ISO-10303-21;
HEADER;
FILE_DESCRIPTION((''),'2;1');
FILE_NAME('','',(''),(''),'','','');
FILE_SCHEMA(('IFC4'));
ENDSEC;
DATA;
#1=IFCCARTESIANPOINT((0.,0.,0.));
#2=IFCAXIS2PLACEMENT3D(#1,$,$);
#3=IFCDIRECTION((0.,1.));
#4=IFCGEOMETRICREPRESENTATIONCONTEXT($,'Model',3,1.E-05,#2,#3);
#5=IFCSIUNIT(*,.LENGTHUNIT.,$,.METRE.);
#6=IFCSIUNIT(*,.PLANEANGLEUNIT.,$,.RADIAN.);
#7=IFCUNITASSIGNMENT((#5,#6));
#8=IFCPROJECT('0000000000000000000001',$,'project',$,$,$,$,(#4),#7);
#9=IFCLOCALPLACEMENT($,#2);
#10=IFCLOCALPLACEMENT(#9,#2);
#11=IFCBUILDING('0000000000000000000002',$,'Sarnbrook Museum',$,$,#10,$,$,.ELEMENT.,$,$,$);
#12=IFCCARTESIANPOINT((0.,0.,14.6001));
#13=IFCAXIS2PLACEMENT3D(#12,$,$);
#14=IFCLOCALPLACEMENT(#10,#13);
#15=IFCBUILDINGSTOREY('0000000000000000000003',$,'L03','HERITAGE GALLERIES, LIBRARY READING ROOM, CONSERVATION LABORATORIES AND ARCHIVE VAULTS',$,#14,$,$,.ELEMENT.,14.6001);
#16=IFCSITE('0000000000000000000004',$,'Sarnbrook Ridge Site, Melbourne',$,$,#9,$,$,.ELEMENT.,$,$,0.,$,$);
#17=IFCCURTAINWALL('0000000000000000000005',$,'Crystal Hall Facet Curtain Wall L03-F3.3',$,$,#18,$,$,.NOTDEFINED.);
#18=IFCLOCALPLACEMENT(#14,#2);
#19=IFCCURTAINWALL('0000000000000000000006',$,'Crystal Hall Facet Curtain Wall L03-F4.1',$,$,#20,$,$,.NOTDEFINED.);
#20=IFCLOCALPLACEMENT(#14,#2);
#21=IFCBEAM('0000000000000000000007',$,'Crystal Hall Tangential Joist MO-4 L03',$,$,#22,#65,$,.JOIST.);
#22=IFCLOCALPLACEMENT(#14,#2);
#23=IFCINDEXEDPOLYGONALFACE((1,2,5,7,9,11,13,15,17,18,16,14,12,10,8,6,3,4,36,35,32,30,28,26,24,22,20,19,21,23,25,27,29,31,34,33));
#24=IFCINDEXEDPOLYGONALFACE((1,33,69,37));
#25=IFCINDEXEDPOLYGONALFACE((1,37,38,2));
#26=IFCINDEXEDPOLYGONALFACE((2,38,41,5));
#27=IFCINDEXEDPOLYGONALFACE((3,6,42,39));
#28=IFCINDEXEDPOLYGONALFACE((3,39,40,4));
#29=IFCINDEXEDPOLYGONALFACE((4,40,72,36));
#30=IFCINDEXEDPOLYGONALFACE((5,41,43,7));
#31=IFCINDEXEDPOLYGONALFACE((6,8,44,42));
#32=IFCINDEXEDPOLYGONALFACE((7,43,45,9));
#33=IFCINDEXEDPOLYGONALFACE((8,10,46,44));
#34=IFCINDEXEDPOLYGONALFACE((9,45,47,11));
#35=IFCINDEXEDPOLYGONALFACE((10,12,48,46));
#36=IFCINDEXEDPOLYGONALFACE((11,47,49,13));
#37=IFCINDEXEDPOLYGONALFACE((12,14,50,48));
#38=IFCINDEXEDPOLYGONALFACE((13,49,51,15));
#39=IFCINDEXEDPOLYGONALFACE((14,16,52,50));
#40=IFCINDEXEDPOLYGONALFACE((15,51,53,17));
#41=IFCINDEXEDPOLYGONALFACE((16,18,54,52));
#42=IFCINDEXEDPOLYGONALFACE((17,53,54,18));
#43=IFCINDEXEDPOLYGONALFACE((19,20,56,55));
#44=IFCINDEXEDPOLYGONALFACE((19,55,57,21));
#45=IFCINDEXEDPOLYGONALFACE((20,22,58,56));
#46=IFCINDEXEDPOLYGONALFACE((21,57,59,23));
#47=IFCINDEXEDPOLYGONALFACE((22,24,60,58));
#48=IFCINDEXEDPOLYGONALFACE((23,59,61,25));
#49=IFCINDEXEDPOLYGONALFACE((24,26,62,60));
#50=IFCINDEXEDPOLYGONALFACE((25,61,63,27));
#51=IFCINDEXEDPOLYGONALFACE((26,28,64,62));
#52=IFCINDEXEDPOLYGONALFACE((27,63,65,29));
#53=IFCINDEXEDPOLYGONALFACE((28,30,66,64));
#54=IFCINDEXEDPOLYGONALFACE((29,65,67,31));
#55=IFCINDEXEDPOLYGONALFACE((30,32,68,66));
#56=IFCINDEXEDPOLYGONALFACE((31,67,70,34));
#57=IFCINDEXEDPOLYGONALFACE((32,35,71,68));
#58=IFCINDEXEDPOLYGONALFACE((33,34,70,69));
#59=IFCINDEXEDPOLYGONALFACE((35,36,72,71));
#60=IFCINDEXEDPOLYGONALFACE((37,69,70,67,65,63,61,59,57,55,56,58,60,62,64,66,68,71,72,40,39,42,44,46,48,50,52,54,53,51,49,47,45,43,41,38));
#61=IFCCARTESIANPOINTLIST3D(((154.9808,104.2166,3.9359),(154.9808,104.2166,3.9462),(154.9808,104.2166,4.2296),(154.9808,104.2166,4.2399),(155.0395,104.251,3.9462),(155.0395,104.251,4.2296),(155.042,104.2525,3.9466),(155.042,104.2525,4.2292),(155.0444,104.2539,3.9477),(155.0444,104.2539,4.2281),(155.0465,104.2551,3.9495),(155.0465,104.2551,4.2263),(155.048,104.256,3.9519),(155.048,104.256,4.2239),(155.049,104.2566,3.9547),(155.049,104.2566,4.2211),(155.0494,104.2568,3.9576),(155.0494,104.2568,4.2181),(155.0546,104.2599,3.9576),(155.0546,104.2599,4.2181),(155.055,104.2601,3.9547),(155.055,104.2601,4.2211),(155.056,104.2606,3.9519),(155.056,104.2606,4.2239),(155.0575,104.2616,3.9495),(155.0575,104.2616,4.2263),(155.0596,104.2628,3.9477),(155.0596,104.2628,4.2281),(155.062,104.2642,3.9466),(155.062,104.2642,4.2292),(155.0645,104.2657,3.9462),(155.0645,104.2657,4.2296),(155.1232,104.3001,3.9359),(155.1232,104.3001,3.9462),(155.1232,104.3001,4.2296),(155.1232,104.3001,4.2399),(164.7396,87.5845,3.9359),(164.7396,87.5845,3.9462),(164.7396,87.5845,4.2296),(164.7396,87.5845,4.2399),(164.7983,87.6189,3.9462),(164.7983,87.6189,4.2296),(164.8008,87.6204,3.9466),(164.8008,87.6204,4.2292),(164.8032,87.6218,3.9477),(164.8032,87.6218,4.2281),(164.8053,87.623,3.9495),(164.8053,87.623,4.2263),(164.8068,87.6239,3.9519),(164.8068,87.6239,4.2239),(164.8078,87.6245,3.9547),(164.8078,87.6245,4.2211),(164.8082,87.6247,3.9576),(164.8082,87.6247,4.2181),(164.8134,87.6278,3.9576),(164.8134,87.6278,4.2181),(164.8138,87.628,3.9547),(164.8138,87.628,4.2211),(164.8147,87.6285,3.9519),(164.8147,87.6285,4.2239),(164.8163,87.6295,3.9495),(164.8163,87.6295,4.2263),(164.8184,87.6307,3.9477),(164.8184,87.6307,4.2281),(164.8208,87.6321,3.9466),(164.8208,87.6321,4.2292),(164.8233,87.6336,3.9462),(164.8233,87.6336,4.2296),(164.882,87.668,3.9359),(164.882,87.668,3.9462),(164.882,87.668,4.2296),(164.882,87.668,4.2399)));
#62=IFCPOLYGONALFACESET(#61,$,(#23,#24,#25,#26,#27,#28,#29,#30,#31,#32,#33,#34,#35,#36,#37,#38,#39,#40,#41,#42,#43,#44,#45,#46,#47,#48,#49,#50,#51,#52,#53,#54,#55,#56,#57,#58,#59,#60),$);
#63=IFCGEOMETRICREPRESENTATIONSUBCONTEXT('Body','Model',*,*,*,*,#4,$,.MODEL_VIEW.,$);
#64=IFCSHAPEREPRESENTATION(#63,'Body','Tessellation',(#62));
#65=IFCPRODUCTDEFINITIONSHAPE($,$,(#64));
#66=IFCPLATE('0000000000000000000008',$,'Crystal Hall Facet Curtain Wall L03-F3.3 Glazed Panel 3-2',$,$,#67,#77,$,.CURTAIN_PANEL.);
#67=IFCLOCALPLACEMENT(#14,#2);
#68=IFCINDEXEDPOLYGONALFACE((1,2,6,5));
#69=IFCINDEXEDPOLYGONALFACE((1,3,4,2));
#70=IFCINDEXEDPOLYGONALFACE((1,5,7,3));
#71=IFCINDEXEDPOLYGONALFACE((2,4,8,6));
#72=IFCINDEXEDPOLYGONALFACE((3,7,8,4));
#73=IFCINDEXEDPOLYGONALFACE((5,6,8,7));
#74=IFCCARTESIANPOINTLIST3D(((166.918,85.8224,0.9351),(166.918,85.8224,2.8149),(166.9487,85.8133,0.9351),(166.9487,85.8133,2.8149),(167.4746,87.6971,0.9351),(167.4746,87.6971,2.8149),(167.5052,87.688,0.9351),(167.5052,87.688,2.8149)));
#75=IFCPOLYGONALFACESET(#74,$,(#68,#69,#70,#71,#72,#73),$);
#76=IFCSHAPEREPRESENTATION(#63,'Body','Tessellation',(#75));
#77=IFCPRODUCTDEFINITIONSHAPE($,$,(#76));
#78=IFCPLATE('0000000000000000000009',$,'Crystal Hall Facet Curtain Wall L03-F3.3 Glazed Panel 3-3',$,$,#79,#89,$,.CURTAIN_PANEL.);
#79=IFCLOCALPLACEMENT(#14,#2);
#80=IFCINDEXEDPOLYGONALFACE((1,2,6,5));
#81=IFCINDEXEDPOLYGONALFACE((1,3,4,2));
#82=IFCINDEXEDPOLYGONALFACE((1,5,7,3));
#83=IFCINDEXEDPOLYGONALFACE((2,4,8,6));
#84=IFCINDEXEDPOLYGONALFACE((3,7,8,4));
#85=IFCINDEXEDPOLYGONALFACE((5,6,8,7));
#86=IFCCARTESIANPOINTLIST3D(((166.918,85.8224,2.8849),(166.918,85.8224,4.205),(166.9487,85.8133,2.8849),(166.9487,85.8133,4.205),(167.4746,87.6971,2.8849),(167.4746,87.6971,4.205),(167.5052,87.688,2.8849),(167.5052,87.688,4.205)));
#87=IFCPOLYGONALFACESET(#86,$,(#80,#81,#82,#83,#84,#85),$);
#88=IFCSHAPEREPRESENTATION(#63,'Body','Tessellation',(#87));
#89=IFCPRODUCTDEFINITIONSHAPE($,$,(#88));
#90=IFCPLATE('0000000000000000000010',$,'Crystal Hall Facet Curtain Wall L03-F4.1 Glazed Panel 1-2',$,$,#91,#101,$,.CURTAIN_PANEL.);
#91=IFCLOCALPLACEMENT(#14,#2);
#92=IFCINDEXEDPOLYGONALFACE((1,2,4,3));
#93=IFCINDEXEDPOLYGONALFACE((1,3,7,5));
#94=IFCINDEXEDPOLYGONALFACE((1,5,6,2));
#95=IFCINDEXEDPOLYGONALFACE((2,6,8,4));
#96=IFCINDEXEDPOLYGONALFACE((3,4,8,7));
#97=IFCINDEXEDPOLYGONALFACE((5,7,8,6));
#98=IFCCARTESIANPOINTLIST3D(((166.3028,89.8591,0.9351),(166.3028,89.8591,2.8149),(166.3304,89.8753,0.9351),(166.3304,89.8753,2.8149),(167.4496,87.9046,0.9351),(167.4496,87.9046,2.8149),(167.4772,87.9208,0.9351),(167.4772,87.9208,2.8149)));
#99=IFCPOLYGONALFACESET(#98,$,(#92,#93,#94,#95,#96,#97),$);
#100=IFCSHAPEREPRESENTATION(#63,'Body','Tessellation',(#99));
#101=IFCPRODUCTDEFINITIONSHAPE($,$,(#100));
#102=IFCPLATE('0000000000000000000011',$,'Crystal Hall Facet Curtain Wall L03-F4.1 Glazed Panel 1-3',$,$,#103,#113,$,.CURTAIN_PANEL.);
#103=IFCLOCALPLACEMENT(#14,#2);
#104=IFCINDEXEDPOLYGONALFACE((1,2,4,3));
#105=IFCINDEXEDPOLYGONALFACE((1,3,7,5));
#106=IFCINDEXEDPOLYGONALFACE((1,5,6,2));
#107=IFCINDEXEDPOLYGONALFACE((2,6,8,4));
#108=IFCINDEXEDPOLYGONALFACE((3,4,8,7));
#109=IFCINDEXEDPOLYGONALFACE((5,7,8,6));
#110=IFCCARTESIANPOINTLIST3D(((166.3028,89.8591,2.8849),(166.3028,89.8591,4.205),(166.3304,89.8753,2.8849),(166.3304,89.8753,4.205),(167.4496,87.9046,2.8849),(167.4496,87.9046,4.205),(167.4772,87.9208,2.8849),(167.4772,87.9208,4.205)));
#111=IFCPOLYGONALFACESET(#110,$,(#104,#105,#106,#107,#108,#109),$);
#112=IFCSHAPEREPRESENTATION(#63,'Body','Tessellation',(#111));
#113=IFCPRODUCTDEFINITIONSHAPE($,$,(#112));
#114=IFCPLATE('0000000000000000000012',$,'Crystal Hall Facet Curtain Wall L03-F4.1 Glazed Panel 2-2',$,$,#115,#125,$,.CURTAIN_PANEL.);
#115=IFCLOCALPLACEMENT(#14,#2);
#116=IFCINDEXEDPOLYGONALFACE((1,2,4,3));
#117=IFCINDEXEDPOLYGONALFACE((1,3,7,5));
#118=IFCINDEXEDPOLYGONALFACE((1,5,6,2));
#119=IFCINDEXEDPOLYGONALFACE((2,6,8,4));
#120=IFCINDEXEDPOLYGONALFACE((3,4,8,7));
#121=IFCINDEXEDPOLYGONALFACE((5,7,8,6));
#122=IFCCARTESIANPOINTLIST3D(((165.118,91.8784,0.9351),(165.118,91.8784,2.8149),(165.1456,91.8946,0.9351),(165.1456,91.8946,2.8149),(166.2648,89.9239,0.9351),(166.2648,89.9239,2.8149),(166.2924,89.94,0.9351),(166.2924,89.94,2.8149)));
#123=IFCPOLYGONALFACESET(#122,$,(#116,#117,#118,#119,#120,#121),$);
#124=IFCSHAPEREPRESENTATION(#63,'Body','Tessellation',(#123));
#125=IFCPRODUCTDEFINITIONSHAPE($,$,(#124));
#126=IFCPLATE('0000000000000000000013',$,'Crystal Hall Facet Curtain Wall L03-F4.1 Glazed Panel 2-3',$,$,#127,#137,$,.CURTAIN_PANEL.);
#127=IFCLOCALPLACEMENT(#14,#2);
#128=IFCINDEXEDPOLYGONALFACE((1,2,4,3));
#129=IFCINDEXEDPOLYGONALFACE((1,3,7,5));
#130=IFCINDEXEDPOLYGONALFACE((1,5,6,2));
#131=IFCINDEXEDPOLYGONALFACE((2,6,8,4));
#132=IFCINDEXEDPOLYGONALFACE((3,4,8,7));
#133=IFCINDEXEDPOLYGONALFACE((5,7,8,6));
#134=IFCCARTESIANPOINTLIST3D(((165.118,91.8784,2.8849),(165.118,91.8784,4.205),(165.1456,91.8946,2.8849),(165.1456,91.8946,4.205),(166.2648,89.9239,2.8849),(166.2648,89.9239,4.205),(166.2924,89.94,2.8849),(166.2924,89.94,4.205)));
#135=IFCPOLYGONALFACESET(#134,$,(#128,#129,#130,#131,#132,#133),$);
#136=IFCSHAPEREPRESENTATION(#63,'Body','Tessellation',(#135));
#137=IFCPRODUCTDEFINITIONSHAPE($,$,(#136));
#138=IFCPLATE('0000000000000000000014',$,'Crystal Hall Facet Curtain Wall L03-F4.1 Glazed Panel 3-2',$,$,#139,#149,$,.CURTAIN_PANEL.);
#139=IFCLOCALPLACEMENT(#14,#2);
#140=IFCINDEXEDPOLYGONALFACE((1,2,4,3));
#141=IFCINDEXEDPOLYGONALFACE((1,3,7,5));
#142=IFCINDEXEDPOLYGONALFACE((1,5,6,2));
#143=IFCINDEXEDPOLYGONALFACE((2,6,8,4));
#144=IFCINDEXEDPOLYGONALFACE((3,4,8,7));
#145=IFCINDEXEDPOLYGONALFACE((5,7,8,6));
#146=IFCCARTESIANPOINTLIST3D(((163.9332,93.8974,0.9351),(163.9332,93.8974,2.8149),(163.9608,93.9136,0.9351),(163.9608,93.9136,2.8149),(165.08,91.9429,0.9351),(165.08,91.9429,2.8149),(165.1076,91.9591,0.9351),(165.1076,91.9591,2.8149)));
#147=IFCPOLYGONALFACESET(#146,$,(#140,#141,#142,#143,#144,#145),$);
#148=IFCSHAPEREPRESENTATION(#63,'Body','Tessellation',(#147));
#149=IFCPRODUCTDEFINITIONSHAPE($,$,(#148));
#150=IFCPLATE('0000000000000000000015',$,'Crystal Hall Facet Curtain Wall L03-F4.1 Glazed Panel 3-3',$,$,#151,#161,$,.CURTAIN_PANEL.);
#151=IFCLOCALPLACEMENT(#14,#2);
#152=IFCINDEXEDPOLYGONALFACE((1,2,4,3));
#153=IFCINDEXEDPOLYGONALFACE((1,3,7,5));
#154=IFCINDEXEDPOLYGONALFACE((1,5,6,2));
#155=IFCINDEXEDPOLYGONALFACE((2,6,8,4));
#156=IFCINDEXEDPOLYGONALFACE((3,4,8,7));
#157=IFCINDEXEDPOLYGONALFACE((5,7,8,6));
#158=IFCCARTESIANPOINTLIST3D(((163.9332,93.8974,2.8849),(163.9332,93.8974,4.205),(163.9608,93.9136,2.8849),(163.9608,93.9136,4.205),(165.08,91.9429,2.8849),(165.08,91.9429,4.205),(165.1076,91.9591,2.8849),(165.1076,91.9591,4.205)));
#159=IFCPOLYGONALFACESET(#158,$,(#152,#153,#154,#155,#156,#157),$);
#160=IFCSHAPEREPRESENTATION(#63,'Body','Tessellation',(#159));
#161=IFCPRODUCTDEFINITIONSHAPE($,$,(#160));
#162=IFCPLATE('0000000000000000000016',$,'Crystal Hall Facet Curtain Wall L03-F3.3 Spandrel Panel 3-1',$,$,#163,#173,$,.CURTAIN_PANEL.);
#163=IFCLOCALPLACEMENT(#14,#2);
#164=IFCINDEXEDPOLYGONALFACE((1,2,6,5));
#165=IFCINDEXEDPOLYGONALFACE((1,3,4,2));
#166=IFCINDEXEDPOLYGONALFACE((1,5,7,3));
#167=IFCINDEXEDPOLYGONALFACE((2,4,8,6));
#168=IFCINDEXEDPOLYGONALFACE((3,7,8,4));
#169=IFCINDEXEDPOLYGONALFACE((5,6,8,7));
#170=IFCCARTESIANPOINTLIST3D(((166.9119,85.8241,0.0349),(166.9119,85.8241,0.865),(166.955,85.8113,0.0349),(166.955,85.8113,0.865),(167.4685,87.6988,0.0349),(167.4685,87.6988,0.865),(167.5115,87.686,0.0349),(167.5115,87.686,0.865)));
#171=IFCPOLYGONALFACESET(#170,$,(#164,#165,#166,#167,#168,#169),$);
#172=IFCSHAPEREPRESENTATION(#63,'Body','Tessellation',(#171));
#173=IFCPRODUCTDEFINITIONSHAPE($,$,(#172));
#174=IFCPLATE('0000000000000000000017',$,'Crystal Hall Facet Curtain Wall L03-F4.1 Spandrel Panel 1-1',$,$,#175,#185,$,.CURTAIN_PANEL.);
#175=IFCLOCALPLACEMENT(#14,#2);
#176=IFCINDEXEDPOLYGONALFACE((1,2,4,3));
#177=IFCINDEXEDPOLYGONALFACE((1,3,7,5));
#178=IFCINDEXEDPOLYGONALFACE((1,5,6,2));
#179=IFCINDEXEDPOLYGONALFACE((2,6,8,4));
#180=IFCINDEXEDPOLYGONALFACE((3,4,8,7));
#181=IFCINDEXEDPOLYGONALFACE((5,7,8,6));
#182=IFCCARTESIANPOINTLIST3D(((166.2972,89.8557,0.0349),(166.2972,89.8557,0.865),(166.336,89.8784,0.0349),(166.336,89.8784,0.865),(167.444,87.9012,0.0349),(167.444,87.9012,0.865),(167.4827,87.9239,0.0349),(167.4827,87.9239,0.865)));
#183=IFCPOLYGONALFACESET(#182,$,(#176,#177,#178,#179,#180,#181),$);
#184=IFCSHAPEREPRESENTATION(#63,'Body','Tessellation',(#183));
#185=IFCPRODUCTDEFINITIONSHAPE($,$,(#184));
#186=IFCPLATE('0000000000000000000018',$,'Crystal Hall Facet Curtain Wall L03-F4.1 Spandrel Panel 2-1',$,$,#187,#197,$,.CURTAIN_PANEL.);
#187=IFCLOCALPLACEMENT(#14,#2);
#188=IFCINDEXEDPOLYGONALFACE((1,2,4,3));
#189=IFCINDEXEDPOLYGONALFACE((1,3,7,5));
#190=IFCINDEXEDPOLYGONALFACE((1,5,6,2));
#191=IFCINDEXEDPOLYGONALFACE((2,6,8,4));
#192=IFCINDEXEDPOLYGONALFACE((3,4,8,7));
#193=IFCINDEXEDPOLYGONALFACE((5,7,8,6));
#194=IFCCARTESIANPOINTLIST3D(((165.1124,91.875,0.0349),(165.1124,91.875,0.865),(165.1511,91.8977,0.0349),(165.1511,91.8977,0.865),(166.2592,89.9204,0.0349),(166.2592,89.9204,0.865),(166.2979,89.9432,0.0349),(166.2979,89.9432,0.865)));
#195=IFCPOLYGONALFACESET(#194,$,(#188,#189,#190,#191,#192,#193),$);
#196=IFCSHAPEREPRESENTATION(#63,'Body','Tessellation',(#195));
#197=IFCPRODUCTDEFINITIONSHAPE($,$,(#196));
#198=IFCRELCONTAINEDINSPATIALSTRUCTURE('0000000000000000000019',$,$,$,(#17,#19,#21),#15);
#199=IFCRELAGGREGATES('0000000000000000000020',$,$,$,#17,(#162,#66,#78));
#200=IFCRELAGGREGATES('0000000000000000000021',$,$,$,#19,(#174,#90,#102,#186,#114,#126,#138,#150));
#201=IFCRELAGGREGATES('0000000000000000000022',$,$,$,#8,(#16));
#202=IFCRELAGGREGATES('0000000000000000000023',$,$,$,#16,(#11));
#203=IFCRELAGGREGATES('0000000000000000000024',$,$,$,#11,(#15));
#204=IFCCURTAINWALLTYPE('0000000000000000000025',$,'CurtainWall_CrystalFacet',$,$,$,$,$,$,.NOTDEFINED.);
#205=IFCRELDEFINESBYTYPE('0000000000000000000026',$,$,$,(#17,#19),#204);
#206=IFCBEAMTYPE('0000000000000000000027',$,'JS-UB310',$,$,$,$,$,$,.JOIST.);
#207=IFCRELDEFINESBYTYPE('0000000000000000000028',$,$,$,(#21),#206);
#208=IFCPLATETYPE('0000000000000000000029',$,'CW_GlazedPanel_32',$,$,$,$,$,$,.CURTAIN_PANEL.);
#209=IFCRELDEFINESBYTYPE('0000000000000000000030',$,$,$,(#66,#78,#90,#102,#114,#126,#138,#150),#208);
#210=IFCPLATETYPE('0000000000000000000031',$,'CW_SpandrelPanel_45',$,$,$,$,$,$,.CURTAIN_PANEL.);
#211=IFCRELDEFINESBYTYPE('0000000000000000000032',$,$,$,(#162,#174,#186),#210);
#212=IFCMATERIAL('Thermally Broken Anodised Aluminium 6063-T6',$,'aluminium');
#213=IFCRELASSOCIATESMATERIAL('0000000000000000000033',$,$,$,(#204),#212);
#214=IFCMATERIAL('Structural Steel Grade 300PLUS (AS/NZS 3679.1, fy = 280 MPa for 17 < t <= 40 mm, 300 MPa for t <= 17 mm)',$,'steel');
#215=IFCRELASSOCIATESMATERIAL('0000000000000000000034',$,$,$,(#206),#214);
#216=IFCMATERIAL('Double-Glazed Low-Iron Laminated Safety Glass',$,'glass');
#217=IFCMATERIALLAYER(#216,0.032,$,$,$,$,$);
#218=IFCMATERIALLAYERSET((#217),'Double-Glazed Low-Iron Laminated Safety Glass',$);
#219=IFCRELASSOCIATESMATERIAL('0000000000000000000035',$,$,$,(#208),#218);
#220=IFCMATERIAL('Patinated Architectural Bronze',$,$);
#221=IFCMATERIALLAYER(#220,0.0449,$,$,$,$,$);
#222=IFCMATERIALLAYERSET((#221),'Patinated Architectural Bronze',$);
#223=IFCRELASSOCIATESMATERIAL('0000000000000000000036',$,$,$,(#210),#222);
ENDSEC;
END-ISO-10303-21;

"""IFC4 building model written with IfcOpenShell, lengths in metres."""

from ifc_helpers import new_model, si_unit, direction, frame, origin, origin_2d, place, context, subcontext, project, spatial, rectangle, i_section, extrude, material, layer, layer_set, material_profile, profile_set, type_object, element, aggregate, save


model = new_model("IFC4")

# Units and contexts
model_context = context("Model", 3, precision=1e-05, world=origin(), true_north=direction((0.0, 1.0)))
body_context = subcontext(model_context, "Body", "Model", "MODEL_VIEW")
ifc_project = project(units=[si_unit("LENGTHUNIT", "METRE"), si_unit("PLANEANGLEUNIT", "RADIAN")], contexts=[model_context])

# Site, building, storey
site_placement = place(None, origin())
site = spatial("IfcSite", under=ifc_project, at=site_placement, Name="Sarnbrook Ridge Site, Melbourne", CompositionType="ELEMENT", RefElevation=0.0)
building_placement = place(site_placement, origin())
building = spatial("IfcBuilding", under=site, at=building_placement, Name="Sarnbrook Museum", CompositionType="ELEMENT")
storey_placement = place(building_placement, frame((0.0, 0.0, 14.6001)))
storey = spatial("IfcBuildingStorey", under=building, at=storey_placement, Name="L03", Description="HERITAGE GALLERIES, LIBRARY READING ROOM, CONSERVATION LABORATORIES AND ARCHIVE VAULTS", CompositionType="ELEMENT", Elevation=14.6001)

# Curtain wall
ifc_material_1 = material(Name="Thermally Broken Anodised Aluminium 6063-T6", Category="aluminium")
curtain_wall_type = type_object("IfcCurtainWallType", Name="CurtainWall_CrystalFacet", PredefinedType="NOTDEFINED", material=ifc_material_1)
curtain_wall_1_placement = place(storey_placement, origin())
curtain_wall_1 = element("IfcCurtainWall", 1, at=curtain_wall_1_placement, inside=storey, type_object=curtain_wall_type, Name="Crystal Hall Facet Curtain Wall L03-F3.3", PredefinedType="NOTDEFINED")

# Curtain wall
curtain_wall_2_placement = place(storey_placement, origin())
curtain_wall_2 = element("IfcCurtainWall", 2, at=curtain_wall_2_placement, inside=storey, type_object=curtain_wall_type, Name="Crystal Hall Facet Curtain Wall L03-F4.1", PredefinedType="NOTDEFINED")

# Beam
ifc_material_2 = material(Name="Structural Steel Grade 300PLUS (AS/NZS 3679.1, fy = 280 MPa for 17 < t <= 40 mm, 300 MPa for t <= 17 mm)", Category="steel")
ifc_material_profile_1 = material_profile(ifc_material_2, i_section(OverallWidth=0.165, OverallDepth=0.304, WebThickness=0.0061, FlangeThickness=0.0103, FilletRadius=0.0115, at=origin_2d()), Name="310UB40.4")
ifc_profile_set_1 = profile_set([ifc_material_profile_1], Name="Structural Steel Grade 300PLUS (AS/NZS 3679.1, fy = 280 MPa for 17 < t <= 40 mm, 300 MPa for t <= 17 mm)")
beam_type_1 = type_object("IfcBeamType", Name="JS-UB310", PredefinedType="JOIST", material=ifc_profile_set_1)
beam_1_placement = place(storey_placement, frame((164.8108, 87.6262, 4.0879), z_axis=(-0.506065, 0.862495, 0.0), x_axis=(-0.862495, -0.506065, 0.0)))
element("IfcBeam", 3, at=beam_1_placement, inside=storey, type_object=beam_type_1, Name="Crystal Hall Tangential Joist MO-4 L03", PredefinedType="JOIST", context=body_context, shape_type="SweptSolid", body=[
    extrude(i_section(OverallWidth=0.165, OverallDepth=0.304, WebThickness=0.0061, FlangeThickness=0.0103, FilletRadius=0.0115, at=origin_2d()), origin(), (0.0, 0.0, 1.0), 19.2837),
])

# Plates
ifc_material_3 = material(Name="Double-Glazed Low-Iron Laminated Safety Glass", Category="glass")
ifc_layer_1 = layer(ifc_material_3, 0.032)
ifc_layer_set_1 = layer_set([ifc_layer_1], Name="Double-Glazed Low-Iron Laminated Safety Glass")
plate_type_1 = type_object("IfcPlateType", Name="CW_GlazedPanel_32", PredefinedType="CURTAIN_PANEL", material=ifc_layer_set_1)
plate_1_placement = place(storey_placement, frame((167.1963, 86.7598, 1.875), z_axis=(0.958645, -0.284603, 0.0), x_axis=(0.284603, 0.958645, 0.0)))
plate_1 = element("IfcPlate", 4, at=plate_1_placement, type_object=plate_type_1, Name="Crystal Hall Facet Curtain Wall L03-F3.3 Glazed Panel 3-2", PredefinedType="CURTAIN_PANEL", context=body_context, shape_type="SweptSolid", body=[
    extrude(rectangle(XDim=1.9556, YDim=1.8799, at=origin_2d()), origin(), (0.0, 0.0, 1.0), 0.032),
])
plate_2_placement = place(storey_placement, frame((167.1963, 86.7598, 3.5449), z_axis=(0.958645, -0.284603, 0.0), x_axis=(0.284603, 0.958645, 0.0)))
plate_2 = element("IfcPlate", 5, at=plate_2_placement, type_object=plate_type_1, Name="Crystal Hall Facet Curtain Wall L03-F3.3 Glazed Panel 3-3", PredefinedType="CURTAIN_PANEL", context=body_context, shape_type="SweptSolid", body=[
    extrude(rectangle(XDim=1.9556, YDim=1.3201, at=origin_2d()), origin(), (0.0, 0.0, 1.0), 0.032),
])
plate_3_placement = place(storey_placement, frame((166.8762, 88.8818, 1.875), z_axis=(0.862499, 0.506058, 0.0), x_axis=(-0.506058, 0.862499, 0.0)))
plate_3 = element("IfcPlate", 6, at=plate_3_placement, type_object=plate_type_1, Name="Crystal Hall Facet Curtain Wall L03-F4.1 Glazed Panel 1-2", PredefinedType="CURTAIN_PANEL", context=body_context, shape_type="SweptSolid", body=[
    extrude(rectangle(XDim=2.2661, YDim=1.8799, at=origin_2d()), origin(), (0.0, 0.0, 1.0), 0.032),
])
plate_4_placement = place(storey_placement, frame((166.8762, 88.8818, 3.5449), z_axis=(0.862499, 0.506058, 0.0), x_axis=(-0.506058, 0.862499, 0.0)))
plate_4 = element("IfcPlate", 7, at=plate_4_placement, type_object=plate_type_1, Name="Crystal Hall Facet Curtain Wall L03-F4.1 Glazed Panel 1-3", PredefinedType="CURTAIN_PANEL", context=body_context, shape_type="SweptSolid", body=[
    extrude(rectangle(XDim=2.2661, YDim=1.3201, at=origin_2d()), origin(), (0.0, 0.0, 1.0), 0.032),
])
plate_5_placement = place(storey_placement, frame((165.6914, 90.9011, 1.875), z_axis=(0.862499, 0.506058, 0.0), x_axis=(-0.506058, 0.862499, 0.0)))
plate_5 = element("IfcPlate", 8, at=plate_5_placement, type_object=plate_type_1, Name="Crystal Hall Facet Curtain Wall L03-F4.1 Glazed Panel 2-2", PredefinedType="CURTAIN_PANEL", context=body_context, shape_type="SweptSolid", body=[
    extrude(rectangle(XDim=2.2661, YDim=1.8799, at=origin_2d()), origin(), (0.0, 0.0, 1.0), 0.032),
])
plate_6_placement = place(storey_placement, frame((165.6914, 90.9011, 3.5449), z_axis=(0.862499, 0.506058, 0.0), x_axis=(-0.506058, 0.862499, 0.0)))
plate_6 = element("IfcPlate", 9, at=plate_6_placement, type_object=plate_type_1, Name="Crystal Hall Facet Curtain Wall L03-F4.1 Glazed Panel 2-3", PredefinedType="CURTAIN_PANEL", context=body_context, shape_type="SweptSolid", body=[
    extrude(rectangle(XDim=2.2661, YDim=1.3201, at=origin_2d()), origin(), (0.0, 0.0, 1.0), 0.032),
])
plate_7_placement = place(storey_placement, frame((164.5066, 92.9202, 1.875), z_axis=(0.862499, 0.506058, 0.0), x_axis=(-0.506058, 0.862499, 0.0)))
plate_7 = element("IfcPlate", 10, at=plate_7_placement, type_object=plate_type_1, Name="Crystal Hall Facet Curtain Wall L03-F4.1 Glazed Panel 3-2", PredefinedType="CURTAIN_PANEL", context=body_context, shape_type="SweptSolid", body=[
    extrude(rectangle(XDim=2.2661, YDim=1.8799, at=origin_2d()), origin(), (0.0, 0.0, 1.0), 0.032),
])
plate_8_placement = place(storey_placement, frame((164.5066, 92.9202, 3.5449), z_axis=(0.862499, 0.506058, 0.0), x_axis=(-0.506058, 0.862499, 0.0)))
plate_8 = element("IfcPlate", 11, at=plate_8_placement, type_object=plate_type_1, Name="Crystal Hall Facet Curtain Wall L03-F4.1 Glazed Panel 3-3", PredefinedType="CURTAIN_PANEL", context=body_context, shape_type="SweptSolid", body=[
    extrude(rectangle(XDim=2.2661, YDim=1.3201, at=origin_2d()), origin(), (0.0, 0.0, 1.0), 0.032),
])
ifc_material_4 = material(Name="Patinated Architectural Bronze")
ifc_layer_2 = layer(ifc_material_4, 0.0449)
ifc_layer_set_2 = layer_set([ifc_layer_2], Name="Patinated Architectural Bronze")
plate_type_2 = type_object("IfcPlateType", Name="CW_SpandrelPanel_45", PredefinedType="CURTAIN_PANEL", material=ifc_layer_set_2)
plate_9_placement = place(storey_placement, frame((167.1902, 86.7615, 0.45), z_axis=(0.958645, -0.284603, 0.0), x_axis=(0.284603, 0.958645, 0.0)))
plate_9 = element("IfcPlate", 12, at=plate_9_placement, type_object=plate_type_2, Name="Crystal Hall Facet Curtain Wall L03-F3.3 Spandrel Panel 3-1", PredefinedType="CURTAIN_PANEL", context=body_context, shape_type="SweptSolid", body=[
    extrude(rectangle(XDim=1.9556, YDim=0.8301, at=origin_2d()), origin(), (0.0, 0.0, 1.0), 0.0449),
])
aggregate(curtain_wall_1, [plate_9, plate_1, plate_2])
plate_10_placement = place(storey_placement, frame((166.8706, 88.8784, 0.45), z_axis=(0.862499, 0.506058, 0.0), x_axis=(-0.506058, 0.862499, 0.0)))
plate_10 = element("IfcPlate", 13, at=plate_10_placement, type_object=plate_type_2, Name="Crystal Hall Facet Curtain Wall L03-F4.1 Spandrel Panel 1-1", PredefinedType="CURTAIN_PANEL", context=body_context, shape_type="SweptSolid", body=[
    extrude(rectangle(XDim=2.2661, YDim=0.8301, at=origin_2d()), origin(), (0.0, 0.0, 1.0), 0.0449),
])
plate_11_placement = place(storey_placement, frame((165.6858, 90.8977, 0.45), z_axis=(0.862499, 0.506058, 0.0), x_axis=(-0.506058, 0.862499, 0.0)))
plate_11 = element("IfcPlate", 14, at=plate_11_placement, type_object=plate_type_2, Name="Crystal Hall Facet Curtain Wall L03-F4.1 Spandrel Panel 2-1", PredefinedType="CURTAIN_PANEL", context=body_context, shape_type="SweptSolid", body=[
    extrude(rectangle(XDim=2.2661, YDim=0.8301, at=origin_2d()), origin(), (0.0, 0.0, 1.0), 0.0449),
])
aggregate(curtain_wall_2, [plate_10, plate_3, plate_4, plate_11, plate_5, plate_6, plate_7, plate_8])

save(model, "model.ifc")
